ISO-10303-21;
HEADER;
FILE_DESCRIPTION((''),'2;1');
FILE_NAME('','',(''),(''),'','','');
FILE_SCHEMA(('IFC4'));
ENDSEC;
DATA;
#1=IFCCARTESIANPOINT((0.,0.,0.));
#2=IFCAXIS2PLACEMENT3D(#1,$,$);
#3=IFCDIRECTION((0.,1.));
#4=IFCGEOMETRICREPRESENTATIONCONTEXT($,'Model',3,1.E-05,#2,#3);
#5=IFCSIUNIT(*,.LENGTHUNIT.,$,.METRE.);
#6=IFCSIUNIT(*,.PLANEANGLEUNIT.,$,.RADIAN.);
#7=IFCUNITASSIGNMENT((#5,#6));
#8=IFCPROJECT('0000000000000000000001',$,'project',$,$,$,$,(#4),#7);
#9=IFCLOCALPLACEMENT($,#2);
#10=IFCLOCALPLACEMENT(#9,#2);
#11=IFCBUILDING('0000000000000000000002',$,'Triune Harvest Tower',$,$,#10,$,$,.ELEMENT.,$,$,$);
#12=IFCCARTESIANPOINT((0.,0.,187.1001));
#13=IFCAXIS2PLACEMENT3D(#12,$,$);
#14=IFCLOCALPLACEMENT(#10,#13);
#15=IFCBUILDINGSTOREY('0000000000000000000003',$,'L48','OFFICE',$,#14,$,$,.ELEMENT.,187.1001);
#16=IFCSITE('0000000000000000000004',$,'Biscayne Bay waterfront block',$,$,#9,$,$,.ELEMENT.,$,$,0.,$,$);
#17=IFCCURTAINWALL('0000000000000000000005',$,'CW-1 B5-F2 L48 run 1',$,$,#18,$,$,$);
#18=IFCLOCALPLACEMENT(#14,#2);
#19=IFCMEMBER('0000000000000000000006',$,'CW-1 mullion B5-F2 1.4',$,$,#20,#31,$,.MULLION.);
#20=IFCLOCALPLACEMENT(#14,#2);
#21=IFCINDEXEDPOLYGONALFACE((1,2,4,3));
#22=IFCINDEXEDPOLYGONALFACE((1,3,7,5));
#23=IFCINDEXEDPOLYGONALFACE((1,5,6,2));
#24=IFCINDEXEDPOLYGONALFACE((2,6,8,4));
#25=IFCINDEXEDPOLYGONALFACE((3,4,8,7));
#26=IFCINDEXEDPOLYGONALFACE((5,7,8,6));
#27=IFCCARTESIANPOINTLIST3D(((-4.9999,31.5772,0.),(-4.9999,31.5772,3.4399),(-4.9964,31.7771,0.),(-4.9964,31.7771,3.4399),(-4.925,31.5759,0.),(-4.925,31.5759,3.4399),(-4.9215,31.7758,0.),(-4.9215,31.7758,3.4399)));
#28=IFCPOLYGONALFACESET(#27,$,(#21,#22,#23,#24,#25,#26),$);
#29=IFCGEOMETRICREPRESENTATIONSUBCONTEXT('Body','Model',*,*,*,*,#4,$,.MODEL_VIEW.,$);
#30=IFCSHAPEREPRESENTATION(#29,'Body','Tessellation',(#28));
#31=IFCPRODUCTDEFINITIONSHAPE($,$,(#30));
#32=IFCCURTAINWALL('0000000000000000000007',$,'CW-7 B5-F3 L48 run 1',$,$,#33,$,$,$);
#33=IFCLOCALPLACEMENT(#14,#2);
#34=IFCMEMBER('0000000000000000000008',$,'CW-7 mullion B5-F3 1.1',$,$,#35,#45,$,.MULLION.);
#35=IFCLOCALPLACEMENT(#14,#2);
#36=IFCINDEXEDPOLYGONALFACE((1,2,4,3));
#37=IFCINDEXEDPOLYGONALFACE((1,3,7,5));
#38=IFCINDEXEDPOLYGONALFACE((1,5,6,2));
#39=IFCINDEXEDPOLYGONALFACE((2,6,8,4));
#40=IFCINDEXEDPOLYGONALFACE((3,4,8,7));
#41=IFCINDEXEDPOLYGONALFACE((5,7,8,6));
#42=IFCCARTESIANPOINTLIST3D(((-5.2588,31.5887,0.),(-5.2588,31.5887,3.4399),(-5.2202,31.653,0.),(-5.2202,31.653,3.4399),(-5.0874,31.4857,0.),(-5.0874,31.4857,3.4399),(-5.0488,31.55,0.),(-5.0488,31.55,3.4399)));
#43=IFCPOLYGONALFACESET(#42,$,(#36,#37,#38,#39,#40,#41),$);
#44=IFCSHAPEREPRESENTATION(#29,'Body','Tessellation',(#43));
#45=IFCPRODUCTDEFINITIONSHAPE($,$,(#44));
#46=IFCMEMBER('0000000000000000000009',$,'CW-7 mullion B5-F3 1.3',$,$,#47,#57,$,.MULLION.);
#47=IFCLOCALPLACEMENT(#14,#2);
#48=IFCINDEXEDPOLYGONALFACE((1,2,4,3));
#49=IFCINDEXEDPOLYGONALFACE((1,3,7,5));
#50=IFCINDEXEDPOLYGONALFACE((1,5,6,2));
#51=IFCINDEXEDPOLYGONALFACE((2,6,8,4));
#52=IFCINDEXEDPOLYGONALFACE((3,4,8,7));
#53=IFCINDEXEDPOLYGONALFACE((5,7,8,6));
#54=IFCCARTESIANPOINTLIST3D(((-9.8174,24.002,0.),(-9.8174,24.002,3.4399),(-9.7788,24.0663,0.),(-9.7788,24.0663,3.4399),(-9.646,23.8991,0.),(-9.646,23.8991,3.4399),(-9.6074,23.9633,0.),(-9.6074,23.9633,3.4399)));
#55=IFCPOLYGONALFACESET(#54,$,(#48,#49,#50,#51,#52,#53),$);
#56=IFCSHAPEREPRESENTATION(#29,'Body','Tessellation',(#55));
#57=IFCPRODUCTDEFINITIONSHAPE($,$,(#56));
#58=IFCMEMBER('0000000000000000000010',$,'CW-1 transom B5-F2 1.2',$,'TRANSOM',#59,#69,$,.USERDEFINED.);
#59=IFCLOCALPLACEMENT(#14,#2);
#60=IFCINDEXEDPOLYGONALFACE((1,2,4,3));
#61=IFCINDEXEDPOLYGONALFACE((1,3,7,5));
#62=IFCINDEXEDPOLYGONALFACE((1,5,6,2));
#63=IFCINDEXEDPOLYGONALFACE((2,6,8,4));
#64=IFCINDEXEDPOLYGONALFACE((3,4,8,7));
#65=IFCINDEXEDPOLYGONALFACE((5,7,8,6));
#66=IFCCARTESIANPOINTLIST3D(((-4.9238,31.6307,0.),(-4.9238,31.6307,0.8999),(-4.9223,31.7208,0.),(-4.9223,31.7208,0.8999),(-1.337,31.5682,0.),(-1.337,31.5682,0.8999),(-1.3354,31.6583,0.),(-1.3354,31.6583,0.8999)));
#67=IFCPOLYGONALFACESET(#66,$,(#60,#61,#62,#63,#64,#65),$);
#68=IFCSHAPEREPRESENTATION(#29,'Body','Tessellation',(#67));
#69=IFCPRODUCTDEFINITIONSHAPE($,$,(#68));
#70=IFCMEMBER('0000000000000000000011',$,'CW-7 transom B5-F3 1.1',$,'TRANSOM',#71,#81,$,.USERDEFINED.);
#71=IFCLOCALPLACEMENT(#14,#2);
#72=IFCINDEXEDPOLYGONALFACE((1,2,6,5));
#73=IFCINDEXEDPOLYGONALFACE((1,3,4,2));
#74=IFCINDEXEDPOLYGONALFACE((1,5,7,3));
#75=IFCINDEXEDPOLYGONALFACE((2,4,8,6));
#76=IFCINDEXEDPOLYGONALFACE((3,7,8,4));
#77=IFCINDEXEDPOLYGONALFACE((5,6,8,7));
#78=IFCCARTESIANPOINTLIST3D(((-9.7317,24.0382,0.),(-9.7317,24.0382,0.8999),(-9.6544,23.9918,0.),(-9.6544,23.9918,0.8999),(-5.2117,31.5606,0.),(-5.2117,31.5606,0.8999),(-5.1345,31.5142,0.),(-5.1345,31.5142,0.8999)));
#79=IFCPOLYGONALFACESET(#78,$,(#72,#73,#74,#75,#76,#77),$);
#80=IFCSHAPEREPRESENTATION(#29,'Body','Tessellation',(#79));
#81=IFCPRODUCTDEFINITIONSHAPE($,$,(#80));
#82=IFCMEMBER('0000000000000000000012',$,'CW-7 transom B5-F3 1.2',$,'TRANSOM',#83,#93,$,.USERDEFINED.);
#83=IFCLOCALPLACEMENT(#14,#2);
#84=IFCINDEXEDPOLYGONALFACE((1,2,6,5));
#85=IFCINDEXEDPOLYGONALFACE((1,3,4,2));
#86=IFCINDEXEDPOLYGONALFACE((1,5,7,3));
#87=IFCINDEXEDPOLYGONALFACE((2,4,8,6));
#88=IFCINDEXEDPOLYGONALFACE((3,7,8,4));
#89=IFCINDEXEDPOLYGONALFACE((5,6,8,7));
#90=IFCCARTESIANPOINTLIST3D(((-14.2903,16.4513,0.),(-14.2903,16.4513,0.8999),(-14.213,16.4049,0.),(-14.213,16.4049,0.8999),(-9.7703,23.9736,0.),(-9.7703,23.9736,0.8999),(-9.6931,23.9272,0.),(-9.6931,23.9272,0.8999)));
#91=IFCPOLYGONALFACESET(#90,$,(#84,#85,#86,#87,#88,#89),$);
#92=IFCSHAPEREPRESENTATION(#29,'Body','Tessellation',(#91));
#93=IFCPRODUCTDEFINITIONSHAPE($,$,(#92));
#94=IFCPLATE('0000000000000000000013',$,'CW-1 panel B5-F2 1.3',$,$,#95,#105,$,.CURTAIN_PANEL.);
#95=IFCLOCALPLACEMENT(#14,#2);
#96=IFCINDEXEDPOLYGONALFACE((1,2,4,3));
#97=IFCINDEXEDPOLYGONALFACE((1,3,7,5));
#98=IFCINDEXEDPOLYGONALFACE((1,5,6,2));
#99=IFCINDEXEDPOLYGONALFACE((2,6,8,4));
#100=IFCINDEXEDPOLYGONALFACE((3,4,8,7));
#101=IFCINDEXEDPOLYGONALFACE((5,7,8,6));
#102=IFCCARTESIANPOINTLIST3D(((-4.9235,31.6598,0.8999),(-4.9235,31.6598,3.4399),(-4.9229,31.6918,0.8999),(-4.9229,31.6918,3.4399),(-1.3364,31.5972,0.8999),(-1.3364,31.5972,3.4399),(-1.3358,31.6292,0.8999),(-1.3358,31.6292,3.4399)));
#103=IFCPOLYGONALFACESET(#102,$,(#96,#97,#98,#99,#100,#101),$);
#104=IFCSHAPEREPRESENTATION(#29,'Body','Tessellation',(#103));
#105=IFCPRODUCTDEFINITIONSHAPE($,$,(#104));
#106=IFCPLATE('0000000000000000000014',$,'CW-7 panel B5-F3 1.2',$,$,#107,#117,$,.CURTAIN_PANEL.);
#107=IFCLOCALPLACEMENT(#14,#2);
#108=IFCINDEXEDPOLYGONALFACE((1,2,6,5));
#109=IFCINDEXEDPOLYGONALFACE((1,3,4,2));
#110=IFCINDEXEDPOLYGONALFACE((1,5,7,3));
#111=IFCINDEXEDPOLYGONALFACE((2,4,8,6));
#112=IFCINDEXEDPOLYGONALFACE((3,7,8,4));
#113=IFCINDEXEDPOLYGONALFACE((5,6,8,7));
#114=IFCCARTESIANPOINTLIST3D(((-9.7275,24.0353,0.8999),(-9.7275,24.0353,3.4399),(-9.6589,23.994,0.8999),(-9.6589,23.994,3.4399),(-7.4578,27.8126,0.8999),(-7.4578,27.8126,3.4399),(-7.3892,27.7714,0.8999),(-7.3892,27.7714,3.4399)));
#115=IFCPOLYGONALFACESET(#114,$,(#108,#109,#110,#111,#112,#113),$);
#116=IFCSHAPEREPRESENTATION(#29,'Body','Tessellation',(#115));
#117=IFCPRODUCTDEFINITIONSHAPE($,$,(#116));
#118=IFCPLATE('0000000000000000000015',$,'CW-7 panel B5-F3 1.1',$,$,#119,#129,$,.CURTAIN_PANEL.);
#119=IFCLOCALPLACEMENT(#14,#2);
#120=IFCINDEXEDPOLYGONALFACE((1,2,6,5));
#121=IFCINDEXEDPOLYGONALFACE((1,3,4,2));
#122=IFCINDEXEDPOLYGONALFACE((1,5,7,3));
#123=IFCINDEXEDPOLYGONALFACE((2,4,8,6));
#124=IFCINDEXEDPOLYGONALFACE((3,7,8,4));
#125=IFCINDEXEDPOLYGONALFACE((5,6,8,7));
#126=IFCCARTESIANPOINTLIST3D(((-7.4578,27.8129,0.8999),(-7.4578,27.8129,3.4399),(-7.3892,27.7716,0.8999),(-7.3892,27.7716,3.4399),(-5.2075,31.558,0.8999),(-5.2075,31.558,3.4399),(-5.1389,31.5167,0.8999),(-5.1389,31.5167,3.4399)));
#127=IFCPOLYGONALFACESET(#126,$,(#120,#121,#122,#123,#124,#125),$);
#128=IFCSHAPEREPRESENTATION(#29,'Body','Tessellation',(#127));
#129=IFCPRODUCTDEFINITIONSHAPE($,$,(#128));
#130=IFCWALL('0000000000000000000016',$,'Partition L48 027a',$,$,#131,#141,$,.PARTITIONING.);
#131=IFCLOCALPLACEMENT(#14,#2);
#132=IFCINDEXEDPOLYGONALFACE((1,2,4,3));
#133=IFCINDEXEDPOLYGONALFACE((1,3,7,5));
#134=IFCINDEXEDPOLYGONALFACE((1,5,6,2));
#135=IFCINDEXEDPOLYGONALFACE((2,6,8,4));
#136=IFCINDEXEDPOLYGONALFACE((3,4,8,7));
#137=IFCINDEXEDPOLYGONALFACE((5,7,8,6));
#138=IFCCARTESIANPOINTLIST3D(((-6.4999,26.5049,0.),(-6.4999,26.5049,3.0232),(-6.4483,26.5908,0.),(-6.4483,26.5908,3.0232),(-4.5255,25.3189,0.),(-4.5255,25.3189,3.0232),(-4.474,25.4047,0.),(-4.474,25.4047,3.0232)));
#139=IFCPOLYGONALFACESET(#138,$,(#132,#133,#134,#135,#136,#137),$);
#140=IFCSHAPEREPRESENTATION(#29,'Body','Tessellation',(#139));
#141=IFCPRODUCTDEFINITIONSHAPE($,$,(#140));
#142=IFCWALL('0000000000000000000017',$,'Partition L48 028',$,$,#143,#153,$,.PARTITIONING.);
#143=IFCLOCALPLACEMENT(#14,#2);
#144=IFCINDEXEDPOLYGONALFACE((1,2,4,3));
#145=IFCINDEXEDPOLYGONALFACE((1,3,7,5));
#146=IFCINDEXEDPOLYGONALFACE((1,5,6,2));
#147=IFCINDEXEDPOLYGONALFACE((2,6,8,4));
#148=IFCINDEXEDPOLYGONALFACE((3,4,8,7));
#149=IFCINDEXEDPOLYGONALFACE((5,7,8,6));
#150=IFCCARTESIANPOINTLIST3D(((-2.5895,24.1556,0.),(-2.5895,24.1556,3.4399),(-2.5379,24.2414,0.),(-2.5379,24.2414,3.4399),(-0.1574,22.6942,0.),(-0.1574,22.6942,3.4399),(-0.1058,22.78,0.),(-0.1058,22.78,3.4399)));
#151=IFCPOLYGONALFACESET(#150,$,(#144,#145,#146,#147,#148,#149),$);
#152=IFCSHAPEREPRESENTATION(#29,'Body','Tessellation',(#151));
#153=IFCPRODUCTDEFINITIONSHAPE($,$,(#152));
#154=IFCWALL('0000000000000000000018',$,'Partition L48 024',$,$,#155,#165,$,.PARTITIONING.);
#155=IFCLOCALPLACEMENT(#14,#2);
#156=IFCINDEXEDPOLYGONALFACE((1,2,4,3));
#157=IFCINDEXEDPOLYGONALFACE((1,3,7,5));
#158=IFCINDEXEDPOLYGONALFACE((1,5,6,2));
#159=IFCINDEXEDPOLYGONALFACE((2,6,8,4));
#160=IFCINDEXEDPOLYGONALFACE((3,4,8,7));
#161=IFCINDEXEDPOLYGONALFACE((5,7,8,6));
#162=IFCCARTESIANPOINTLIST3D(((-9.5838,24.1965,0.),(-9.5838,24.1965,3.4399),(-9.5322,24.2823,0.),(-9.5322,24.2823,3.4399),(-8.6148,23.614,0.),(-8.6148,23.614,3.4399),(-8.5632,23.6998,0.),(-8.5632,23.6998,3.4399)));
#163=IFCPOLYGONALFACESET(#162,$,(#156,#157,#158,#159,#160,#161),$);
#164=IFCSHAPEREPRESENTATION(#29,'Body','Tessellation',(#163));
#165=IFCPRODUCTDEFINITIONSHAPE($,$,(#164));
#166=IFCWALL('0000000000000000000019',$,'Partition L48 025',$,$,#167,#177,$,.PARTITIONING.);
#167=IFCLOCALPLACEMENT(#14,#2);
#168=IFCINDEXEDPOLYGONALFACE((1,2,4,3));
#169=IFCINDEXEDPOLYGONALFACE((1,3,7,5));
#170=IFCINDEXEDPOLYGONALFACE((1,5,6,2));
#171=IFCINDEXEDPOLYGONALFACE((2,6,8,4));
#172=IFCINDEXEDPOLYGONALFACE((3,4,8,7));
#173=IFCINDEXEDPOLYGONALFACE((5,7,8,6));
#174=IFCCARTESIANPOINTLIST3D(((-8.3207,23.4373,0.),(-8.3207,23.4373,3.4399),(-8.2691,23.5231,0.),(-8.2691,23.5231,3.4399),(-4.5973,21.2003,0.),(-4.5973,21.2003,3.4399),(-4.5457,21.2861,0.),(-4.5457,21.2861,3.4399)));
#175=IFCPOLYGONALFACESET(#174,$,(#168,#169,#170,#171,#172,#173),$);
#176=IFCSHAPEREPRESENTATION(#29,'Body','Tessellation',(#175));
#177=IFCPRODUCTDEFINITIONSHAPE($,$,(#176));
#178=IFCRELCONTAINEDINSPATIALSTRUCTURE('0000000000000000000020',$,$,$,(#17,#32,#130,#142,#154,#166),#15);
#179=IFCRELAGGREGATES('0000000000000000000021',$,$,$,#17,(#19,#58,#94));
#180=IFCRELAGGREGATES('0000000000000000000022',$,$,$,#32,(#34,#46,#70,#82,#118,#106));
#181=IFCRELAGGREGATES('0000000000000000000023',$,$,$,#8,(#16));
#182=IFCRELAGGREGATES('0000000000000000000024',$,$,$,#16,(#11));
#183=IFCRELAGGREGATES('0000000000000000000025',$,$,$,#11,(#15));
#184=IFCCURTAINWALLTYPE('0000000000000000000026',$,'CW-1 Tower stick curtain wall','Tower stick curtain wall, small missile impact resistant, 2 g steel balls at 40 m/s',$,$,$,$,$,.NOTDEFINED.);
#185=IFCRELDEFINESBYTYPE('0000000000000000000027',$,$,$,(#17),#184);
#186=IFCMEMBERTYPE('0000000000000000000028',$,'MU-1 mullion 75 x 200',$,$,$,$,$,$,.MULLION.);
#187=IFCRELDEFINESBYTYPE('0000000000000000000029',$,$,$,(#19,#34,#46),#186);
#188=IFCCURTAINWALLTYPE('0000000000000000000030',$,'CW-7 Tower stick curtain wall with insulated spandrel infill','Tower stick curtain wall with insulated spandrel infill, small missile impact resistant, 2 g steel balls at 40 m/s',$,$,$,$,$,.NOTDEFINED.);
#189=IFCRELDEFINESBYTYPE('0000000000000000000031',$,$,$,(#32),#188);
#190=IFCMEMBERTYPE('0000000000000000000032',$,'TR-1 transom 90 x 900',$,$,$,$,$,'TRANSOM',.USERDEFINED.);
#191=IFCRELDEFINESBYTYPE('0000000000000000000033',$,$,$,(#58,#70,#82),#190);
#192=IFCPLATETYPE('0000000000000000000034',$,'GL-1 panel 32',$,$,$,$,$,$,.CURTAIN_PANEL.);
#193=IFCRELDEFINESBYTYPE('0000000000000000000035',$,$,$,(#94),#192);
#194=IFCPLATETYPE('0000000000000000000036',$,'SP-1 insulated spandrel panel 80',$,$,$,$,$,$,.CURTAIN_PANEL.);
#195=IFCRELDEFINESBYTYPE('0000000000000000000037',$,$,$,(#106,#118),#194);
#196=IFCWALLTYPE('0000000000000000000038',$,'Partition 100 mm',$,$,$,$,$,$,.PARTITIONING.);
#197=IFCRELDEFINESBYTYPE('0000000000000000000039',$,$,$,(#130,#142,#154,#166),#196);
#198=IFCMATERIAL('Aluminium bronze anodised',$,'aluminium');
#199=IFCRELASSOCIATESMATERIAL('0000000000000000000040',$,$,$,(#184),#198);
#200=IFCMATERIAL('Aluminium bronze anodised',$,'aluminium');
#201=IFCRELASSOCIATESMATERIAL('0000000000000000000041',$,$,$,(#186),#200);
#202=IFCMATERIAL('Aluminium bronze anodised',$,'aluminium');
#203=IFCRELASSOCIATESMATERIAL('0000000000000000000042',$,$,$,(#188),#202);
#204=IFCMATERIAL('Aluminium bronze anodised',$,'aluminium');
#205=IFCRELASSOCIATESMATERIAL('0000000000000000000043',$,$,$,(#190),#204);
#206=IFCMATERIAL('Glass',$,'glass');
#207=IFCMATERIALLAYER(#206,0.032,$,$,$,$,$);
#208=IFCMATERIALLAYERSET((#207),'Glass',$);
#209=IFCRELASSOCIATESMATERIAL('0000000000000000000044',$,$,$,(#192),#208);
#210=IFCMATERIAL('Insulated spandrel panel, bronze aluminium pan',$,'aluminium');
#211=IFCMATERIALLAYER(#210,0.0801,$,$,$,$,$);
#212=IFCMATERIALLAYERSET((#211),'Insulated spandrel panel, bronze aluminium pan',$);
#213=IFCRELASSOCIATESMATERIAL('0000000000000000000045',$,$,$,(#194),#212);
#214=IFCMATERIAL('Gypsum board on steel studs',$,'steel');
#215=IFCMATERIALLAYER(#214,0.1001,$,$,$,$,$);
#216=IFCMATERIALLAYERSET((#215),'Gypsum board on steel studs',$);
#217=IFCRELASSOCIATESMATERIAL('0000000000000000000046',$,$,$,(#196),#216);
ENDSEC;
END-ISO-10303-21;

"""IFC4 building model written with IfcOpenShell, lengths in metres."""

from ifc_helpers import new_model, si_unit, direction, frame, frame_2d, origin, origin_2d, place, context, subcontext, project, spatial, rectangle, extrude, source, transform, mapped, material, layer, layer_set, material_profile, profile_set, type_object, element, aggregate, save


model = new_model("IFC4")

# Units and contexts
model_context = context("Model", 3, precision=1e-05, world=origin(), true_north=direction((0.0, 1.0)))
body_context = subcontext(model_context, "Body", "Model", "MODEL_VIEW")
ifc_project = project(units=[si_unit("LENGTHUNIT", "METRE"), si_unit("PLANEANGLEUNIT", "RADIAN")], contexts=[model_context])

# Site, building, storey
site_placement = place(None, origin())
site = spatial("IfcSite", under=ifc_project, at=site_placement, Name="Biscayne Bay waterfront block", CompositionType="ELEMENT", RefElevation=0.0)
building_placement = place(site_placement, origin())
building = spatial("IfcBuilding", under=site, at=building_placement, Name="Triune Harvest Tower", CompositionType="ELEMENT")
storey_placement = place(building_placement, frame((0.0, 0.0, 187.1001)))
storey = spatial("IfcBuildingStorey", under=building, at=storey_placement, Name="L48", Description="OFFICE", CompositionType="ELEMENT", Elevation=187.1001)

# Curtain walls, members
ifc_material_1 = material(Name="Aluminium bronze anodised", Category="aluminium")
curtain_wall_type_1 = type_object("IfcCurtainWallType", Name="CW-1 Tower stick curtain wall", Description="Tower stick curtain wall, small missile impact resistant, 2 g steel balls at 40 m/s", PredefinedType="NOTDEFINED", material=ifc_material_1)
curtain_wall_1_placement = place(storey_placement, origin())
curtain_wall_1 = element("IfcCurtainWall", 1, at=curtain_wall_1_placement, inside=storey, type_object=curtain_wall_type_1, Name="CW-1 B5-F2 L48 run 1")
ifc_material_2 = material(Name="Aluminium bronze anodised", Category="aluminium")
ifc_material_profile_1 = material_profile(ifc_material_2, rectangle(XDim=0.2, YDim=0.075, at=origin_2d()), Name="MU-1 mullion 75 x 200")
ifc_profile_set_1 = profile_set([ifc_material_profile_1], Name="Aluminium bronze anodised")
member_type_1 = type_object("IfcMemberType", Name="MU-1 mullion 75 x 200", PredefinedType="MULLION", material=ifc_profile_set_1)
shared_shape_1 = source(origin(), body_context, "Body", "SweptSolid", [
    extrude(rectangle(XDim=0.2, YDim=0.075, at=origin_2d()), origin(), (0.0, 0.0, 1.0), 3.4399),
])
member_1_placement = place(storey_placement, frame((-4.9607, 31.6765, 0.0), z_axis=(0.0, 0.0, 1.0), x_axis=(-0.017446, -0.999848, 0.0)))
member_1 = element("IfcMember", 2, at=member_1_placement, type_object=member_type_1, Name="CW-1 mullion B5-F2 1.4", PredefinedType="MULLION", context=body_context, shape_type="MappedRepresentation", body=[
    mapped(shared_shape_1, transform((0.0, 0.0, 0.0), scale=1.0)),
])
ifc_material_3 = material(Name="Aluminium bronze anodised", Category="aluminium")
curtain_wall_type_2 = type_object("IfcCurtainWallType", Name="CW-7 Tower stick curtain wall with insulated spandrel infill", Description="Tower stick curtain wall with insulated spandrel infill, small missile impact resistant, 2 g steel balls at 40 m/s", PredefinedType="NOTDEFINED", material=ifc_material_3)
curtain_wall_2_placement = place(storey_placement, origin())
curtain_wall_2 = element("IfcCurtainWall", 3, at=curtain_wall_2_placement, inside=storey, type_object=curtain_wall_type_2, Name="CW-7 B5-F3 L48 run 1")
member_2_placement = place(storey_placement, frame((-5.1538, 31.5693, 0.0), z_axis=(0.0, 0.0, 1.0), x_axis=(0.857167, -0.515039, 0.0)))
member_2 = element("IfcMember", 4, at=member_2_placement, type_object=member_type_1, Name="CW-7 mullion B5-F3 1.1", PredefinedType="MULLION", context=body_context, shape_type="MappedRepresentation", body=[
    mapped(shared_shape_1, transform((0.0, 0.0, 0.0), scale=1.0)),
])
member_3_placement = place(storey_placement, frame((-9.7124, 23.9827, 0.0), z_axis=(0.0, 0.0, 1.0), x_axis=(0.857167, -0.515039, 0.0)))
member_3 = element("IfcMember", 5, at=member_3_placement, type_object=member_type_1, Name="CW-7 mullion B5-F3 1.3", PredefinedType="MULLION", context=body_context, shape_type="MappedRepresentation", body=[
    mapped(shared_shape_1, transform((0.0, 0.0, 0.0), scale=1.0)),
])

# Members
ifc_material_4 = material(Name="Aluminium bronze anodised", Category="aluminium")
ifc_material_profile_2 = material_profile(ifc_material_4, rectangle(XDim=0.0901, YDim=0.8999, at=origin_2d()), Name="TR-1 transom 90 x 900")
ifc_profile_set_2 = profile_set([ifc_material_profile_2], Name="Aluminium bronze anodised")
member_type_2 = type_object("IfcMemberType", Name="TR-1 transom 90 x 900", ElementType="TRANSOM", PredefinedType="USERDEFINED", material=ifc_profile_set_2)
shared_shape_2 = source(origin(), body_context, "Body", "SweptSolid", [
    extrude(rectangle(XDim=0.0901, YDim=0.8999, at=origin_2d()), origin(), (0.0, 0.0, 1.0), 3.5874),
])
member_4_placement = place(storey_placement, frame((-1.3362, 31.6133, 0.45), z_axis=(-0.999848, 0.017422, 0.0), x_axis=(-0.017422, -0.999848, 0.0)))
member_4 = element("IfcMember", 6, at=member_4_placement, type_object=member_type_2, Name="CW-1 transom B5-F2 1.2", ObjectType="TRANSOM", PredefinedType="USERDEFINED", context=body_context, shape_type="MappedRepresentation", body=[
    mapped(shared_shape_2, transform((0.0, 0.0, 0.0), scale=1.0)),
])
shared_shape_3 = source(origin(), body_context, "Body", "SweptSolid", [
    extrude(rectangle(XDim=0.0901, YDim=0.8999, at=origin_2d()), origin(), (0.0, 0.0, 1.0), 8.7759),
])
member_5_placement = place(storey_placement, frame((-5.1731, 31.5374, 0.45), z_axis=(-0.515044, -0.857164, 0.0), x_axis=(0.857164, -0.515044, 0.0)))
member_5 = element("IfcMember", 7, at=member_5_placement, type_object=member_type_2, Name="CW-7 transom B5-F3 1.1", ObjectType="TRANSOM", PredefinedType="USERDEFINED", context=body_context, shape_type="MappedRepresentation", body=[
    mapped(shared_shape_3, transform((0.0, 0.0, 0.0), scale=1.0)),
])
member_6_placement = place(storey_placement, frame((-9.7317, 23.9504, 0.45), z_axis=(-0.515044, -0.857164, 0.0), x_axis=(0.857164, -0.515044, 0.0)))
member_6 = element("IfcMember", 8, at=member_6_placement, type_object=member_type_2, Name="CW-7 transom B5-F3 1.2", ObjectType="TRANSOM", PredefinedType="USERDEFINED", context=body_context, shape_type="MappedRepresentation", body=[
    mapped(shared_shape_3, transform((0.0, 0.0, 0.0), scale=1.0)),
])

# Plates
ifc_material_5 = material(Name="Glass", Category="glass")
ifc_layer_1 = layer(ifc_material_5, 0.032)
ifc_layer_set_1 = layer_set([ifc_layer_1], Name="Glass")
plate_type_1 = type_object("IfcPlateType", Name="GL-1 panel 32", PredefinedType="CURTAIN_PANEL", material=ifc_layer_set_1)
shared_shape_4 = source(origin(), body_context, "Body", "SweptSolid", [
    extrude(rectangle(XDim=3.5876, YDim=0.032, at=origin_2d()), origin(), (0.0, 0.0, 1.0), 2.54),
])
plate_1_placement = place(storey_placement, frame((-3.1296, 31.6445, 0.8999), z_axis=(0.0, 0.0, 1.0), x_axis=(-0.999848, 0.017446, 0.0)))
plate_1 = element("IfcPlate", 9, at=plate_1_placement, type_object=plate_type_1, Name="CW-1 panel B5-F2 1.3", PredefinedType="CURTAIN_PANEL", context=body_context, shape_type="MappedRepresentation", body=[
    mapped(shared_shape_4, transform((0.0, 0.0, 0.0), scale=1.0)),
])
aggregate(curtain_wall_1, [member_1, member_4, plate_1])
ifc_material_6 = material(Name="Insulated spandrel panel, bronze aluminium pan", Category="aluminium")
ifc_layer_2 = layer(ifc_material_6, 0.0801)
ifc_layer_set_2 = layer_set([ifc_layer_2], Name="Insulated spandrel panel, bronze aluminium pan")
plate_type_2 = type_object("IfcPlateType", Name="SP-1 insulated spandrel panel 80", PredefinedType="CURTAIN_PANEL", material=ifc_layer_set_2)
shared_shape_5 = source(origin(), body_context, "Body", "SweptSolid", [
    extrude(rectangle(XDim=4.4067, YDim=0.0801, at=origin_2d()), origin(), (0.0, 0.0, 1.0), 2.54),
])
plate_2_placement = place(storey_placement, frame((-8.5583, 25.9033, 0.8999), z_axis=(0.0, 0.0, 1.0), x_axis=(-0.515039, -0.857167, 0.0)))
plate_2 = element("IfcPlate", 10, at=plate_2_placement, type_object=plate_type_2, Name="CW-7 panel B5-F3 1.2", PredefinedType="CURTAIN_PANEL", context=body_context, shape_type="MappedRepresentation", body=[
    mapped(shared_shape_5, transform((0.0, 0.0, 0.0), scale=1.0)),
])
shared_shape_6 = source(origin(), body_context, "Body", "SweptSolid", [
    extrude(rectangle(XDim=4.3691, YDim=0.0801, at=origin_2d()), origin(), (0.0, 0.0, 1.0), 2.54),
])
plate_3_placement = place(storey_placement, frame((-6.2983, 29.6648, 0.8999), z_axis=(0.0, 0.0, 1.0), x_axis=(-0.515039, -0.857167, 0.0)))
plate_3 = element("IfcPlate", 11, at=plate_3_placement, type_object=plate_type_2, Name="CW-7 panel B5-F3 1.1", PredefinedType="CURTAIN_PANEL", context=body_context, shape_type="MappedRepresentation", body=[
    mapped(shared_shape_6, transform((0.0, 0.0, 0.0), scale=1.0)),
])
aggregate(curtain_wall_2, [member_2, member_3, member_5, member_6, plate_3, plate_2])

# Walls
ifc_material_7 = material(Name="Gypsum board on steel studs", Category="steel")
ifc_layer_3 = layer(ifc_material_7, 0.1001)
ifc_layer_set_3 = layer_set([ifc_layer_3], Name="Gypsum board on steel studs")
wall_type = type_object("IfcWallType", Name="Partition 100 mm", PredefinedType="PARTITIONING", material=ifc_layer_set_3)
wall_1_placement = place(storey_placement, frame((-6.4741, 26.5479, 0.0), z_axis=(0.0, 0.0, 1.0), x_axis=(0.857222, -0.514948, 0.0)))
element("IfcWall", 12, at=wall_1_placement, inside=storey, type_object=wall_type, Name="Partition L48 027a", PredefinedType="PARTITIONING", context=body_context, shape_type="SweptSolid", body=[
    extrude(rectangle(XDim=2.3032, YDim=0.1001, at=frame_2d((1.1516, 0.0))), origin(), (0.0, 0.0, 1.0), 3.0232),
])
wall_2_placement = place(storey_placement, frame((-2.5637, 24.1985, 0.0), z_axis=(0.0, 0.0, 1.0), x_axis=(0.857159, -0.515052, 0.0)))
element("IfcWall", 13, at=wall_2_placement, inside=storey, type_object=wall_type, Name="Partition L48 028", PredefinedType="PARTITIONING", context=body_context, shape_type="SweptSolid", body=[
    extrude(rectangle(XDim=2.8374, YDim=0.1001, at=frame_2d((1.4187, 0.0))), origin(), (0.0, 0.0, 1.0), 3.4399),
])
shared_shape_7 = source(origin(), body_context, "Body", "SweptSolid", [
    extrude(rectangle(XDim=1.1306, YDim=0.1001, at=frame_2d((0.5654, 0.0))), origin(), (0.0, 0.0, 1.0), 3.4399),
])
wall_3_placement = place(storey_placement, frame((-9.5581, 24.2395, 0.0), z_axis=(0.0, 0.0, 1.0), x_axis=(0.857054, -0.515226, 0.0)))
element("IfcWall", 14, at=wall_3_placement, inside=storey, type_object=wall_type, Name="Partition L48 024", PredefinedType="PARTITIONING", context=body_context, shape_type="MappedRepresentation", body=[
    mapped(shared_shape_7, transform((0.0, 0.0, 0.0), scale=1.0)),
])
shared_shape_8 = source(origin(), body_context, "Body", "SweptSolid", [
    extrude(rectangle(XDim=4.3438, YDim=0.1001, at=frame_2d((2.1719, 0.0))), origin(), (0.0, 0.0, 1.0), 3.4399),
])
wall_4_placement = place(storey_placement, frame((-8.2949, 23.4802, 0.0), z_axis=(0.0, 0.0, 1.0), x_axis=(0.857185, -0.515008, 0.0)))
element("IfcWall", 15, at=wall_4_placement, inside=storey, type_object=wall_type, Name="Partition L48 025", PredefinedType="PARTITIONING", context=body_context, shape_type="MappedRepresentation", body=[
    mapped(shared_shape_8, transform((0.0, 0.0, 0.0), scale=1.0)),
])

save(model, "model.ifc")
